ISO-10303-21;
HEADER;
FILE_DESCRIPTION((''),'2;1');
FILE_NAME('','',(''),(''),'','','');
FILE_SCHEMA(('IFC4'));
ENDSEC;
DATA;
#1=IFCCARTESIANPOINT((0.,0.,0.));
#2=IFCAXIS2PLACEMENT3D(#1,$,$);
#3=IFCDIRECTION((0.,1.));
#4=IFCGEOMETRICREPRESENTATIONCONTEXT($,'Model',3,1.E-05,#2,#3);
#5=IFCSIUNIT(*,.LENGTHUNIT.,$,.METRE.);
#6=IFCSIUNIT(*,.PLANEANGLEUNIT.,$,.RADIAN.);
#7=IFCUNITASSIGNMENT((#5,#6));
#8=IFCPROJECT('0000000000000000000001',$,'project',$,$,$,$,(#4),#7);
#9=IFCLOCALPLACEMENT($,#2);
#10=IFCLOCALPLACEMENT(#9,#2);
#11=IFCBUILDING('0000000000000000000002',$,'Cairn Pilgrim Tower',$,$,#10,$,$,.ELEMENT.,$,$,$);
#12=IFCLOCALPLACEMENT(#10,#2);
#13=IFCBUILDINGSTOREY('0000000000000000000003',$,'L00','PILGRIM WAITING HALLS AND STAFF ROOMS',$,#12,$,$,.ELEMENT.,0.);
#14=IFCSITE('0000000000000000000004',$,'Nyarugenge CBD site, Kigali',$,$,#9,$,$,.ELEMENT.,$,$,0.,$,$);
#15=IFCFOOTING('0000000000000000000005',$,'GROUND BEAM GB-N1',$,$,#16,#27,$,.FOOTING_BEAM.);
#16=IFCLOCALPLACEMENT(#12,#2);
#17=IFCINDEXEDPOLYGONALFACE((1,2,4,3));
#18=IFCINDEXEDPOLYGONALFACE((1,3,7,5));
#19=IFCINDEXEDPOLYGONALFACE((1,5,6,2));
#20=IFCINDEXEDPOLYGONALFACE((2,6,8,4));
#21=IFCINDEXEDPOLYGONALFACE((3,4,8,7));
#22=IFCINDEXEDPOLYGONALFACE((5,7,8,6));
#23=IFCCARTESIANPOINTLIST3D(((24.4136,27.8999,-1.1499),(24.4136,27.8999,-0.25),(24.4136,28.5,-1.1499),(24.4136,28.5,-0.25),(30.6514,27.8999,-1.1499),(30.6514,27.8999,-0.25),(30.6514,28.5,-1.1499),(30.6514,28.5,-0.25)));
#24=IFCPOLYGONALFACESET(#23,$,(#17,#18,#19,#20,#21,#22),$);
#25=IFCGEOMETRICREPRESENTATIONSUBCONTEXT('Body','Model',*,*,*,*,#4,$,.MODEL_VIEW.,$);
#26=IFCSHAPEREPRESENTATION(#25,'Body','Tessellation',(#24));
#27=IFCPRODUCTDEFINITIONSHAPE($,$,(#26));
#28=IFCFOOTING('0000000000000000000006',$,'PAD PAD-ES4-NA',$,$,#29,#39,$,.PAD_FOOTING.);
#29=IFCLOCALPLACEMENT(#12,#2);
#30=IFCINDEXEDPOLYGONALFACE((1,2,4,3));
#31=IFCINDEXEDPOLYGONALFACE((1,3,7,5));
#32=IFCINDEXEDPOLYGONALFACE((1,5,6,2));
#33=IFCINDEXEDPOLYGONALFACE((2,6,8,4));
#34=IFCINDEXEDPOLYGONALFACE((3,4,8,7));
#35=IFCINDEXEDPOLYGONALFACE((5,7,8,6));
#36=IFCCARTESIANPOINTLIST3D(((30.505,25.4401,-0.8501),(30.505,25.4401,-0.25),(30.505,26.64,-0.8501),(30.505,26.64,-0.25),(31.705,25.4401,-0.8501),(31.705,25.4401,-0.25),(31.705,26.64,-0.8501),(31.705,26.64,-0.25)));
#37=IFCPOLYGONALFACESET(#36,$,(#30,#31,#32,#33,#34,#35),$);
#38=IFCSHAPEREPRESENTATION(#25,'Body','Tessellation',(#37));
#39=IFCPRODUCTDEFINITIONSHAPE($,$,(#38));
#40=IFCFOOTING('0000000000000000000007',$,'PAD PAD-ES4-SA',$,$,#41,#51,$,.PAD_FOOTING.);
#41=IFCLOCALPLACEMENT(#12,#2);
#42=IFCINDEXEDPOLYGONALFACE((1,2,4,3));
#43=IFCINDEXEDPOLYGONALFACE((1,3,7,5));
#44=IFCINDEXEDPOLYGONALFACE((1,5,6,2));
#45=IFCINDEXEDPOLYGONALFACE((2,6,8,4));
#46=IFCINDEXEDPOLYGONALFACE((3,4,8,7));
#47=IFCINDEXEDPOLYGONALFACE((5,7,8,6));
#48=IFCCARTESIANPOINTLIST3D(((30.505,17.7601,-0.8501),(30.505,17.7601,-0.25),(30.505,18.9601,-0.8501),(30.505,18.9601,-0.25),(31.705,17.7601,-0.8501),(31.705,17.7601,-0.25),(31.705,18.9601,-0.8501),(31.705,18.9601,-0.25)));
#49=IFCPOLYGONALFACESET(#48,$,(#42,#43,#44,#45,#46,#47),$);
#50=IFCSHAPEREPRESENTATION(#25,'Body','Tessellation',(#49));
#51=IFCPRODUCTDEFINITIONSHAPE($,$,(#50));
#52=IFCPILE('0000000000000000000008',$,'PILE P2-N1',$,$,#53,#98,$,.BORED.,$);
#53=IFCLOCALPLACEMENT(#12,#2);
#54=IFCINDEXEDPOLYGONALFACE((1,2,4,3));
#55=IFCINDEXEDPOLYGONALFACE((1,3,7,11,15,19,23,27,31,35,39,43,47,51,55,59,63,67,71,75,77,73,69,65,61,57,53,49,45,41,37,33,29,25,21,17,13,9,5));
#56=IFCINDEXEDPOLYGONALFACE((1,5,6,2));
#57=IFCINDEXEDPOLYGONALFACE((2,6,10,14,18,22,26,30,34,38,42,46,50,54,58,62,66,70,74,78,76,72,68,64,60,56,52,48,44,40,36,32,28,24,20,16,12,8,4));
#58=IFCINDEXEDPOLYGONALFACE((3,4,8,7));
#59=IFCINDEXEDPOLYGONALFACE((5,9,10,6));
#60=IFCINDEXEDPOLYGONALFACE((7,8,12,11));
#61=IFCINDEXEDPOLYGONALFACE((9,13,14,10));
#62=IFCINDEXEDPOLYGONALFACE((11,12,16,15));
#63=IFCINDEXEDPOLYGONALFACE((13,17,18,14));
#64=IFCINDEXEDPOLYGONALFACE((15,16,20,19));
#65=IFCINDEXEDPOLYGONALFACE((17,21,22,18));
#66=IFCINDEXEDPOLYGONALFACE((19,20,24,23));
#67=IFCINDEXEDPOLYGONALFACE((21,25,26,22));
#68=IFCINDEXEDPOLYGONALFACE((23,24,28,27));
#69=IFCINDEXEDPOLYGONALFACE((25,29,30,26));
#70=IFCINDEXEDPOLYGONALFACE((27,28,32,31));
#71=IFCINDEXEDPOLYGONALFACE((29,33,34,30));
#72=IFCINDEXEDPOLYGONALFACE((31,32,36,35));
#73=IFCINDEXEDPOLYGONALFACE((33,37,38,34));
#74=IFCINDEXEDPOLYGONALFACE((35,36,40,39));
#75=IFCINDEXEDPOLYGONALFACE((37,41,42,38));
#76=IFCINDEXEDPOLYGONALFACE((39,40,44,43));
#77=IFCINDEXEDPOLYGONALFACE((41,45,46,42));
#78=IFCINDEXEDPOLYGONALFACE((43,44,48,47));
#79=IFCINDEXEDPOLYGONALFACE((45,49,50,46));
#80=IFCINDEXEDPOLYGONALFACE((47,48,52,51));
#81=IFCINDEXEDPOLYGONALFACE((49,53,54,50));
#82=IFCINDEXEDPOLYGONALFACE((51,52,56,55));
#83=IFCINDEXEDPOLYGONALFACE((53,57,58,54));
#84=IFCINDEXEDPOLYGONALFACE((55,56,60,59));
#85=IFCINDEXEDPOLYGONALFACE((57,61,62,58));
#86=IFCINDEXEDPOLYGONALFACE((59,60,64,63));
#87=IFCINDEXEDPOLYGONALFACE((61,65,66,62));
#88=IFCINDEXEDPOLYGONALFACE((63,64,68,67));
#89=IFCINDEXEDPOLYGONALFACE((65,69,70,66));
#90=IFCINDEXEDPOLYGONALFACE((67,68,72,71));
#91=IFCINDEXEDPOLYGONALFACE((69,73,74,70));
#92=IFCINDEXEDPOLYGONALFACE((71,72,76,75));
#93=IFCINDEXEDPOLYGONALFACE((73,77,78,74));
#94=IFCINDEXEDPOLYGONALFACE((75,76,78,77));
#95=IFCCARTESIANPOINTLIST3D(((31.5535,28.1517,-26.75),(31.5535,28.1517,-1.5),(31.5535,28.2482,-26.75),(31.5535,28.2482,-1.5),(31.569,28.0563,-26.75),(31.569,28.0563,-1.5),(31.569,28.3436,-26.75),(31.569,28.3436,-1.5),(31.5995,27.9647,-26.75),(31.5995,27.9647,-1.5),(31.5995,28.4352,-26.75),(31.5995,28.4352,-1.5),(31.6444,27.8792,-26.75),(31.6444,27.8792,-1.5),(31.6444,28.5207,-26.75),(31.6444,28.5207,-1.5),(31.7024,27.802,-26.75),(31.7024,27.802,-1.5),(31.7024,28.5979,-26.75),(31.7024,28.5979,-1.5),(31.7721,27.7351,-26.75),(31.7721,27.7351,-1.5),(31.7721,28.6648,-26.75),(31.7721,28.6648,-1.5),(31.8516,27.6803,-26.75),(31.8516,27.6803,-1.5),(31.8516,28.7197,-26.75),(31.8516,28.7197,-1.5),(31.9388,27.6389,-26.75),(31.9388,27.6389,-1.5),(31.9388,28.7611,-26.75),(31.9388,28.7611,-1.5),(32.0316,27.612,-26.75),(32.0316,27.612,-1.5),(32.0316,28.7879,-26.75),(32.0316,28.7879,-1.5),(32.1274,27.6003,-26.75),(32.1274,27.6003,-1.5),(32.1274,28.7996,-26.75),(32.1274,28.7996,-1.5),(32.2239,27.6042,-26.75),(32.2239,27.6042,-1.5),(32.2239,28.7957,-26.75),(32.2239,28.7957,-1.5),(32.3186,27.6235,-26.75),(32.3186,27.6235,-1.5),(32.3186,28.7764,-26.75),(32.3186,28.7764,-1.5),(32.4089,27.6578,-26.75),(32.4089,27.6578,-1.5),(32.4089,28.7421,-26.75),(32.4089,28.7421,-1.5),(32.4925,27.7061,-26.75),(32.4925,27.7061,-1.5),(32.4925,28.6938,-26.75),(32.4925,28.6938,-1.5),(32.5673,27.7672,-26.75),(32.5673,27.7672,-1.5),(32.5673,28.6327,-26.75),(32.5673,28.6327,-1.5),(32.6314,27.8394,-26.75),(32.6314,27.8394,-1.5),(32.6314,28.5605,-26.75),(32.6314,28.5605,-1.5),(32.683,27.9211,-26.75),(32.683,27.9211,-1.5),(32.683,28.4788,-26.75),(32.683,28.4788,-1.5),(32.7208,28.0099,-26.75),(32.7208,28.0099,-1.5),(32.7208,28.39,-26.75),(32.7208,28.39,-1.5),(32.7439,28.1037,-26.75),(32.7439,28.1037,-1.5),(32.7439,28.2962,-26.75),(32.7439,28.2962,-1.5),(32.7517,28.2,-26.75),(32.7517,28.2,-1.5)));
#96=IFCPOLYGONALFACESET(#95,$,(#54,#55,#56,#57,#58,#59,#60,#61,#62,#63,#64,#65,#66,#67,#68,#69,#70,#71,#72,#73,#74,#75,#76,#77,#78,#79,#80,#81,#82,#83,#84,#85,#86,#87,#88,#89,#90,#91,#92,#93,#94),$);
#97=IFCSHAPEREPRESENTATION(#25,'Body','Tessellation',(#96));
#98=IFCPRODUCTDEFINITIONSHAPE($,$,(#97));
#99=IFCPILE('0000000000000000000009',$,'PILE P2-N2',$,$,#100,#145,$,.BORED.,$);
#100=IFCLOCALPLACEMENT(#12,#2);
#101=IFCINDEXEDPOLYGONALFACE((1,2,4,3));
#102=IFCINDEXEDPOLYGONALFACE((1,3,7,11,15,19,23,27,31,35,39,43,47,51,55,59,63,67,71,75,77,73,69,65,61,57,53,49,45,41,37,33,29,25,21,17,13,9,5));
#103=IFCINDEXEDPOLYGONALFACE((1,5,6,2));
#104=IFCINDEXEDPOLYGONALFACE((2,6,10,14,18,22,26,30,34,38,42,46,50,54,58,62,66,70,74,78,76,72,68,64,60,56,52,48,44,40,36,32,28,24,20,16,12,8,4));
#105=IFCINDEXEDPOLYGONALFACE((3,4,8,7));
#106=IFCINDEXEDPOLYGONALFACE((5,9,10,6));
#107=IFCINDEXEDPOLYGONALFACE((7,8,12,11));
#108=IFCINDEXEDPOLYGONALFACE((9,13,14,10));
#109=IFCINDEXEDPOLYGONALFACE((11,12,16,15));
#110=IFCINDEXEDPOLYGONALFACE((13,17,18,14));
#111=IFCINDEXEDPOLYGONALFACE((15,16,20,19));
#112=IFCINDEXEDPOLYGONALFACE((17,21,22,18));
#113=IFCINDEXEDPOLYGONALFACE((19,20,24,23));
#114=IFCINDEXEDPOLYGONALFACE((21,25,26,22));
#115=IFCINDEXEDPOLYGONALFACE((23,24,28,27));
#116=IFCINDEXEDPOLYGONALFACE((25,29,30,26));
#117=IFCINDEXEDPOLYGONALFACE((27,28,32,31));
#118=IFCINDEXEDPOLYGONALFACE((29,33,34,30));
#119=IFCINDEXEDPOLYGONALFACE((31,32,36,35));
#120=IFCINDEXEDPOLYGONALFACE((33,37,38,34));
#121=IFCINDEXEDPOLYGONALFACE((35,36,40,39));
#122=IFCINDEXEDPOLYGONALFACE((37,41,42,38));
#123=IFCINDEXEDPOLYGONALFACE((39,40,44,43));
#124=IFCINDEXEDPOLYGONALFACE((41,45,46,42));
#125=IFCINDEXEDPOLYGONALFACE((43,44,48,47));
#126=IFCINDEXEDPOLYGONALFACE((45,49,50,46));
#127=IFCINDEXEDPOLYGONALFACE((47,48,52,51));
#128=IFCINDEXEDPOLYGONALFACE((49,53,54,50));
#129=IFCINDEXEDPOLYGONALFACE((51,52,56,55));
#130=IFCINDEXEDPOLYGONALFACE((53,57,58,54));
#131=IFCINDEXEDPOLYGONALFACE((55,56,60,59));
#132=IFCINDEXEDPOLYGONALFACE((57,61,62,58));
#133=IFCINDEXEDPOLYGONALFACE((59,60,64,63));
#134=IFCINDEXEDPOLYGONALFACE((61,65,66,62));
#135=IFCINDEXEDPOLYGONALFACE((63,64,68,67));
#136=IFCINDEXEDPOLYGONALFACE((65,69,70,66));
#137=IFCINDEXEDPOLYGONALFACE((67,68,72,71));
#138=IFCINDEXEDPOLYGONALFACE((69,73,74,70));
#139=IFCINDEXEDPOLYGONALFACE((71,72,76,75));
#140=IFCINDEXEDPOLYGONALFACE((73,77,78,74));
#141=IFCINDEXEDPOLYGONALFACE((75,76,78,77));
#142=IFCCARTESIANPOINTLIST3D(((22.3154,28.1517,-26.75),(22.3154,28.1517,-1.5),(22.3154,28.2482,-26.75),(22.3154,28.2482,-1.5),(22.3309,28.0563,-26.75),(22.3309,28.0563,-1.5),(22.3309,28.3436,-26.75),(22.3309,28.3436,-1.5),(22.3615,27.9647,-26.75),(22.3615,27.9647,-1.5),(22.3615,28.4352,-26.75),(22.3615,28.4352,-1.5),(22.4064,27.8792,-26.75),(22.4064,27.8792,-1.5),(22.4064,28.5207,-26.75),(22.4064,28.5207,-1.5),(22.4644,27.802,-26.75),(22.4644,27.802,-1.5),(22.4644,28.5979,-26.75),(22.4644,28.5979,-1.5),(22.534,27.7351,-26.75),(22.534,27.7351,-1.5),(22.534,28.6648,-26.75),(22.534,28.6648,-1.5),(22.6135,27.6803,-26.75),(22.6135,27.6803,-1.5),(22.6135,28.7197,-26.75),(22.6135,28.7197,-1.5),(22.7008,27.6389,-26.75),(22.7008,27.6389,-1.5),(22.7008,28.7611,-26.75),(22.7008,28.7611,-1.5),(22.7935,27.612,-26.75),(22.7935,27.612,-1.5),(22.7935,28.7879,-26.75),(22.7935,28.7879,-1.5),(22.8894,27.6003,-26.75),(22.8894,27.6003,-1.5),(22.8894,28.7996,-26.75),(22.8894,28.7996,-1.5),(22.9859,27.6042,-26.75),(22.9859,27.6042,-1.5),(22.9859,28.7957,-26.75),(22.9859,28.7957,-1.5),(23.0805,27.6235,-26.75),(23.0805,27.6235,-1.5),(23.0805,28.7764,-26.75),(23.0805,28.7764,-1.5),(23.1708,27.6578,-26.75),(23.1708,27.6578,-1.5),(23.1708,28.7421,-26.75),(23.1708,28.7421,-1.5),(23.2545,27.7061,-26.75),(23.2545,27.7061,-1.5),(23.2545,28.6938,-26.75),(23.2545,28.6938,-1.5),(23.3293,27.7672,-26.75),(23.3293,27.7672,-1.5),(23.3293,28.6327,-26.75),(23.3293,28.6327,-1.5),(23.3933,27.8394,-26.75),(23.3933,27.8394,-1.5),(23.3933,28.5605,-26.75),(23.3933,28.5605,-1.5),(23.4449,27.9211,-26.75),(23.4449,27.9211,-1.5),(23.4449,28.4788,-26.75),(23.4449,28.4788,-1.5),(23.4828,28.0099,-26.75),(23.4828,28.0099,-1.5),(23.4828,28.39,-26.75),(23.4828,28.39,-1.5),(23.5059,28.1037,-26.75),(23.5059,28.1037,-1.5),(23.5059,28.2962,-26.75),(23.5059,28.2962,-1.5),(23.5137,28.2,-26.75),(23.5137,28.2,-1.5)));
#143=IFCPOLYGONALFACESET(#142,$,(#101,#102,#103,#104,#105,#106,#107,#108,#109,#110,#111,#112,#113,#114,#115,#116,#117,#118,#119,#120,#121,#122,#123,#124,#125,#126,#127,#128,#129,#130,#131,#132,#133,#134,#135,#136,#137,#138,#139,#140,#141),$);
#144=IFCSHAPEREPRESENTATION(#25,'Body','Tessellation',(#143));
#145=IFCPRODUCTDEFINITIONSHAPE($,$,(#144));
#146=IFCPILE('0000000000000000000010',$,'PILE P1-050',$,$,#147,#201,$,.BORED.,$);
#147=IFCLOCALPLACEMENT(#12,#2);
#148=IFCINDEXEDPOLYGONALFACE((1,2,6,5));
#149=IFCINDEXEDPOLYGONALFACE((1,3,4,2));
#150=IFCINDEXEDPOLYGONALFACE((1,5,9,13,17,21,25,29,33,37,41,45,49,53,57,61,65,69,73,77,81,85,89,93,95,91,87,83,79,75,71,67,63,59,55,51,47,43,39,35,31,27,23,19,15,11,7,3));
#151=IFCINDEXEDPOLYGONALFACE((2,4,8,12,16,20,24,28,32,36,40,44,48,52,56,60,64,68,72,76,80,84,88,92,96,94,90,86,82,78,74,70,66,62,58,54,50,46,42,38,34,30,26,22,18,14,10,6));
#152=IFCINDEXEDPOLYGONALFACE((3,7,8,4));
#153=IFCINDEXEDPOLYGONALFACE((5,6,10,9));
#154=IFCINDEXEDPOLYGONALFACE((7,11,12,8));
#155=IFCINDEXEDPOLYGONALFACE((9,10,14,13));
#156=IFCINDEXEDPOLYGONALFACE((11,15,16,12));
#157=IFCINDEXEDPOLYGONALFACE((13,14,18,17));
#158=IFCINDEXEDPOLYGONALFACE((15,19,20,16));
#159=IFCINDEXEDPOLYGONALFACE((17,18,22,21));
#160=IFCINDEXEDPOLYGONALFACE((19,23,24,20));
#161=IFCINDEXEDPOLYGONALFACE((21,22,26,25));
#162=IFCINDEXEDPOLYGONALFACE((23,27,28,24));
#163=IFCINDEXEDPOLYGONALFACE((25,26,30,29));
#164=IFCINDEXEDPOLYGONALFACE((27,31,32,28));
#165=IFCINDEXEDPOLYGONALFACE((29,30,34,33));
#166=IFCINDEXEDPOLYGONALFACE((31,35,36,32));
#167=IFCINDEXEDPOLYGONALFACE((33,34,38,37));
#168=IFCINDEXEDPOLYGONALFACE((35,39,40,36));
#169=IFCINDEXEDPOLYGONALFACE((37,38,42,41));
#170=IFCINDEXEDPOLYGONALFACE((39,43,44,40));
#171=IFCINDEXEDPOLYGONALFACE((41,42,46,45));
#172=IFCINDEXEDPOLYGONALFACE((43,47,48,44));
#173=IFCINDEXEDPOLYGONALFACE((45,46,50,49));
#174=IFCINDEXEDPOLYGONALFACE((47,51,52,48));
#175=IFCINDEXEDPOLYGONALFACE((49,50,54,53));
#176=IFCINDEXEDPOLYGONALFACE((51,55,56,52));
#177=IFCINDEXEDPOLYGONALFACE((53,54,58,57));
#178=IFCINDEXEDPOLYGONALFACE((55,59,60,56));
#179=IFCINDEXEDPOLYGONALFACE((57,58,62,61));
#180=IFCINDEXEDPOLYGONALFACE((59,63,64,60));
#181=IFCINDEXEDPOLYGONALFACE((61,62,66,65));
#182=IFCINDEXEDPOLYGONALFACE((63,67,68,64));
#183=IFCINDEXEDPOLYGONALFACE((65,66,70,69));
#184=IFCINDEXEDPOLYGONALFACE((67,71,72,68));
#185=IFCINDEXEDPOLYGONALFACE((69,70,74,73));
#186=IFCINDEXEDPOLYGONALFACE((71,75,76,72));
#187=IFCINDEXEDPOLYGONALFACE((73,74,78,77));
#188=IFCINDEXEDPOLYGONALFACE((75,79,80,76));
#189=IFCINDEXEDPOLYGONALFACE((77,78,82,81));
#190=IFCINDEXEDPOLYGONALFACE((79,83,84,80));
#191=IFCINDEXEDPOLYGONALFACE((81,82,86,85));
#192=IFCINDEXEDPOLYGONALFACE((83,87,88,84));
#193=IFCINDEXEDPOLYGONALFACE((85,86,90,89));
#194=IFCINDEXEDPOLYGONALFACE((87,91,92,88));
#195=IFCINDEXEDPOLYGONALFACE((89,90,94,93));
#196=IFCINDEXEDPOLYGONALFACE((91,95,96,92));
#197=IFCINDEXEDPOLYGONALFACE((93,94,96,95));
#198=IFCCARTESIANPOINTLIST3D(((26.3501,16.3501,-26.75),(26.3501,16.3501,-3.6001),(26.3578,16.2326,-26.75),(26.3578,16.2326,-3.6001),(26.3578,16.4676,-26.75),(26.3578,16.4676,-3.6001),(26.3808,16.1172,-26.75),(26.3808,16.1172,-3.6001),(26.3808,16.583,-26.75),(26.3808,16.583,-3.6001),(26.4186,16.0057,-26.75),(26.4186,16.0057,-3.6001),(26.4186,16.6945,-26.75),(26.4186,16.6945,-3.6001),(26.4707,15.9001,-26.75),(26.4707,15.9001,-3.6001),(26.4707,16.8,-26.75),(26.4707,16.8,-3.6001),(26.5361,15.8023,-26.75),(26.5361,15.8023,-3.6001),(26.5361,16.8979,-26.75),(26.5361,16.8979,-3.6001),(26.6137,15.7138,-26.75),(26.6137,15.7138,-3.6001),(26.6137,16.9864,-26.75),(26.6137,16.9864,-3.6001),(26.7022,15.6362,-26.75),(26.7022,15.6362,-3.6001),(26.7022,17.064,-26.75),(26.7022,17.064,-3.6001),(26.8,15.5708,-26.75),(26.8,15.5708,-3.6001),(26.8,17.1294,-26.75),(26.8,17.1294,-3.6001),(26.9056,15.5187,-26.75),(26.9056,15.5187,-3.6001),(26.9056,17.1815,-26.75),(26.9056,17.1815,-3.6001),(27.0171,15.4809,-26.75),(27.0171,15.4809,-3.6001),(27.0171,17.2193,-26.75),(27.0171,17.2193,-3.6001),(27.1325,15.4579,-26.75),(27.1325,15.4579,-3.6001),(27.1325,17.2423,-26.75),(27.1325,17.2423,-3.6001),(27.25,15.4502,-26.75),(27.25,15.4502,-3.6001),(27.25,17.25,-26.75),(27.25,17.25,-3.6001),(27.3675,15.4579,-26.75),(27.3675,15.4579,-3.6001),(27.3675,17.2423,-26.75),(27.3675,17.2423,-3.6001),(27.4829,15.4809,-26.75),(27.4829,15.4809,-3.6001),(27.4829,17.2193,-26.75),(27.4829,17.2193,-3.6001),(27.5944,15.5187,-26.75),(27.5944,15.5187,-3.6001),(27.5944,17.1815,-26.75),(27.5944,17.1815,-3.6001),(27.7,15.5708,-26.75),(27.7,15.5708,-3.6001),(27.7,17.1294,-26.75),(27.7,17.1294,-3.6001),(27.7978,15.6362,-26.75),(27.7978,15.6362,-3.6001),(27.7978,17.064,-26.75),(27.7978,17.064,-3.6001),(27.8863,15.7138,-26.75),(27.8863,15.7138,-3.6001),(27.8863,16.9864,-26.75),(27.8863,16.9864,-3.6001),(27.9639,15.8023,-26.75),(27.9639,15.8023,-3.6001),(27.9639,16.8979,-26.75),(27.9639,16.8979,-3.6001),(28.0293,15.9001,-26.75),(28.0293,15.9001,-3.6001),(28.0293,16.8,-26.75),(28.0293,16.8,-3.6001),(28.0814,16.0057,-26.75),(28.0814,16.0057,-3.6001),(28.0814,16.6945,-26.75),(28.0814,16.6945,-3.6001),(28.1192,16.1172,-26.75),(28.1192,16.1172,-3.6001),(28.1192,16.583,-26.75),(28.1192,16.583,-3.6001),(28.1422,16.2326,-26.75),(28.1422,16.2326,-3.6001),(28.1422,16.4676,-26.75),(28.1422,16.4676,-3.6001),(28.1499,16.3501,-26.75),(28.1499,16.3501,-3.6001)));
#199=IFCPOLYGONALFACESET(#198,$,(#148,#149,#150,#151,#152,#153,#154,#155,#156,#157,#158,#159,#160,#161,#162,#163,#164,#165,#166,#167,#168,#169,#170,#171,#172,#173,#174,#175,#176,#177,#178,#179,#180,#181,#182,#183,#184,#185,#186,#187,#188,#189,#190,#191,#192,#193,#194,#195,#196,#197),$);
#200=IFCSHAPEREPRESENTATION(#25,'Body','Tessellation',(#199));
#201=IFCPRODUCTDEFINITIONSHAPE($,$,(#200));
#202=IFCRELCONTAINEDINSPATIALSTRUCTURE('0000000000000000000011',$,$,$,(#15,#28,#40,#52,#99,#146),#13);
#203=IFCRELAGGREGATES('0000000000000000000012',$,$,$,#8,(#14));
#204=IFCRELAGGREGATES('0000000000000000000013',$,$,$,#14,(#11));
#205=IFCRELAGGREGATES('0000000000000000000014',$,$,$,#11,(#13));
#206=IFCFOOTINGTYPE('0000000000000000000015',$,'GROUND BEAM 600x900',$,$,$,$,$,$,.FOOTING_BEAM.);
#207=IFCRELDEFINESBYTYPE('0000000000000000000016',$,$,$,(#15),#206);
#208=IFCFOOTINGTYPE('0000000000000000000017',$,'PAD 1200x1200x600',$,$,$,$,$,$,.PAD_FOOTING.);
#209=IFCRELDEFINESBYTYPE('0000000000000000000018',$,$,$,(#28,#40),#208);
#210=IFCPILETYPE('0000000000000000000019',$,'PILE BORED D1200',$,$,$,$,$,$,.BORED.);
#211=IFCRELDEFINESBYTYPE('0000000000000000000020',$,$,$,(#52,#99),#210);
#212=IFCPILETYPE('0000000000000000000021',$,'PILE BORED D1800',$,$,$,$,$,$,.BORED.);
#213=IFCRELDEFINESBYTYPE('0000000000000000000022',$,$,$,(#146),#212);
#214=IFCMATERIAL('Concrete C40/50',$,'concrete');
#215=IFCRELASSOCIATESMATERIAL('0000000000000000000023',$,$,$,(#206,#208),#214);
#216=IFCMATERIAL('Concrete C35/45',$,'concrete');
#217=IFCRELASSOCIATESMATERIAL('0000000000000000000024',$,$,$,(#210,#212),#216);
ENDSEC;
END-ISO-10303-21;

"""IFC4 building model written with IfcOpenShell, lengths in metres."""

from ifc_helpers import new_model, si_unit, direction, frame, origin, origin_2d, place, context, subcontext, project, spatial, rectangle, circle, extrude, material, material_profile, profile_set, type_object, element, save


model = new_model("IFC4")

# Units and contexts
model_context = context("Model", 3, precision=1e-05, world=origin(), true_north=direction((0.0, 1.0)))
body_context = subcontext(model_context, "Body", "Model", "MODEL_VIEW")
ifc_project = project(units=[si_unit("LENGTHUNIT", "METRE"), si_unit("PLANEANGLEUNIT", "RADIAN")], contexts=[model_context])

# Site, building, storey
site_placement = place(None, origin())
site = spatial("IfcSite", under=ifc_project, at=site_placement, Name="Nyarugenge CBD site, Kigali", CompositionType="ELEMENT", RefElevation=0.0)
building_placement = place(site_placement, origin())
building = spatial("IfcBuilding", under=site, at=building_placement, Name="Cairn Pilgrim Tower", CompositionType="ELEMENT")
storey_placement = place(building_placement, origin())
storey = spatial("IfcBuildingStorey", under=building, at=storey_placement, Name="L00", Description="PILGRIM WAITING HALLS AND STAFF ROOMS", CompositionType="ELEMENT", Elevation=0.0)

# Footings
ifc_material_1 = material(Name="Concrete C40/50", Category="concrete")
footing_type_1 = type_object("IfcFootingType", Name="GROUND BEAM 600x900", PredefinedType="FOOTING_BEAM", material=ifc_material_1)
footing_placement = place(storey_placement, frame((27.5325, 28.2, -1.1499), z_axis=(0.0, 0.0, 1.0), x_axis=(-1.0, 0.0, 0.0)))
element("IfcFooting", 1, at=footing_placement, inside=storey, type_object=footing_type_1, Name="GROUND BEAM GB-N1", PredefinedType="FOOTING_BEAM", context=body_context, shape_type="SweptSolid", body=[
    extrude(rectangle(XDim=6.2378, YDim=0.6001, at=origin_2d()), origin(), (0.0, 0.0, 1.0), 0.8999),
])
footing_type_2 = type_object("IfcFootingType", Name="PAD 1200x1200x600", PredefinedType="PAD_FOOTING", material=ifc_material_1)
for number, where, z_axis, x_axis, name in (
    (2, (31.105, 26.04, -0.8501), (0.0, 0.0, 1.0), (1.0, 0.0, 0.0), "PAD PAD-ES4-NA"),
    (3, (31.105, 18.3601, -0.8501), (0.0, 0.0, 1.0), (1.0, 0.0, 0.0), "PAD PAD-ES4-SA"),
):
    element("IfcFooting", number, at=place(storey_placement, frame(where, z_axis=z_axis, x_axis=x_axis)), inside=storey, type_object=footing_type_2, Name=name, PredefinedType="PAD_FOOTING", context=body_context, shape_type="SweptSolid", body=[
        extrude(rectangle(XDim=1.2, YDim=1.2, at=origin_2d()), origin(), (0.0, 0.0, 1.0), 0.6001),
    ])

# Piles
ifc_material_2 = material(Name="Concrete C35/45", Category="concrete")
ifc_material_profile_1 = material_profile(ifc_material_2, circle(Radius=0.6001, at=origin_2d()), Name="D1200")
ifc_profile_set_1 = profile_set([ifc_material_profile_1], Name="Concrete C35/45")
pile_type_1 = type_object("IfcPileType", Name="PILE BORED D1200", PredefinedType="BORED", material=ifc_profile_set_1)
for number, where, z_axis, x_axis, name in (
    (4, (32.1516, 28.2, -1.5), (0.0, 0.0, -1.0), (1.0, 0.0, 0.0), "PILE P2-N1"),
    (5, (22.9136, 28.2, -1.5), (0.0, 0.0, -1.0), (1.0, 0.0, 0.0), "PILE P2-N2"),
):
    element("IfcPile", number, at=place(storey_placement, frame(where, z_axis=z_axis, x_axis=x_axis)), inside=storey, type_object=pile_type_1, Name=name, PredefinedType="BORED", context=body_context, shape_type="SweptSolid", body=[
        extrude(circle(Radius=0.6001, at=origin_2d()), origin(), (0.0, 0.0, 1.0), 25.25),
    ])
ifc_material_profile_2 = material_profile(ifc_material_2, circle(Radius=0.8999, at=origin_2d()), Name="D1800")
ifc_profile_set_2 = profile_set([ifc_material_profile_2], Name="Concrete C35/45")
pile_type_2 = type_object("IfcPileType", Name="PILE BORED D1800", PredefinedType="BORED", material=ifc_profile_set_2)
for number, where, z_axis, x_axis, name in (
    (6, (27.25, 16.3501, -3.6001), (0.0, 0.0, -1.0), (1.0, 0.0, 0.0), "PILE P1-050"),
):
    element("IfcPile", number, at=place(storey_placement, frame(where, z_axis=z_axis, x_axis=x_axis)), inside=storey, type_object=pile_type_2, Name=name, PredefinedType="BORED", context=body_context, shape_type="SweptSolid", body=[
        extrude(circle(Radius=0.8999, at=origin_2d()), origin(), (0.0, 0.0, 1.0), 23.1499),
    ])

save(model, "model.ifc")
